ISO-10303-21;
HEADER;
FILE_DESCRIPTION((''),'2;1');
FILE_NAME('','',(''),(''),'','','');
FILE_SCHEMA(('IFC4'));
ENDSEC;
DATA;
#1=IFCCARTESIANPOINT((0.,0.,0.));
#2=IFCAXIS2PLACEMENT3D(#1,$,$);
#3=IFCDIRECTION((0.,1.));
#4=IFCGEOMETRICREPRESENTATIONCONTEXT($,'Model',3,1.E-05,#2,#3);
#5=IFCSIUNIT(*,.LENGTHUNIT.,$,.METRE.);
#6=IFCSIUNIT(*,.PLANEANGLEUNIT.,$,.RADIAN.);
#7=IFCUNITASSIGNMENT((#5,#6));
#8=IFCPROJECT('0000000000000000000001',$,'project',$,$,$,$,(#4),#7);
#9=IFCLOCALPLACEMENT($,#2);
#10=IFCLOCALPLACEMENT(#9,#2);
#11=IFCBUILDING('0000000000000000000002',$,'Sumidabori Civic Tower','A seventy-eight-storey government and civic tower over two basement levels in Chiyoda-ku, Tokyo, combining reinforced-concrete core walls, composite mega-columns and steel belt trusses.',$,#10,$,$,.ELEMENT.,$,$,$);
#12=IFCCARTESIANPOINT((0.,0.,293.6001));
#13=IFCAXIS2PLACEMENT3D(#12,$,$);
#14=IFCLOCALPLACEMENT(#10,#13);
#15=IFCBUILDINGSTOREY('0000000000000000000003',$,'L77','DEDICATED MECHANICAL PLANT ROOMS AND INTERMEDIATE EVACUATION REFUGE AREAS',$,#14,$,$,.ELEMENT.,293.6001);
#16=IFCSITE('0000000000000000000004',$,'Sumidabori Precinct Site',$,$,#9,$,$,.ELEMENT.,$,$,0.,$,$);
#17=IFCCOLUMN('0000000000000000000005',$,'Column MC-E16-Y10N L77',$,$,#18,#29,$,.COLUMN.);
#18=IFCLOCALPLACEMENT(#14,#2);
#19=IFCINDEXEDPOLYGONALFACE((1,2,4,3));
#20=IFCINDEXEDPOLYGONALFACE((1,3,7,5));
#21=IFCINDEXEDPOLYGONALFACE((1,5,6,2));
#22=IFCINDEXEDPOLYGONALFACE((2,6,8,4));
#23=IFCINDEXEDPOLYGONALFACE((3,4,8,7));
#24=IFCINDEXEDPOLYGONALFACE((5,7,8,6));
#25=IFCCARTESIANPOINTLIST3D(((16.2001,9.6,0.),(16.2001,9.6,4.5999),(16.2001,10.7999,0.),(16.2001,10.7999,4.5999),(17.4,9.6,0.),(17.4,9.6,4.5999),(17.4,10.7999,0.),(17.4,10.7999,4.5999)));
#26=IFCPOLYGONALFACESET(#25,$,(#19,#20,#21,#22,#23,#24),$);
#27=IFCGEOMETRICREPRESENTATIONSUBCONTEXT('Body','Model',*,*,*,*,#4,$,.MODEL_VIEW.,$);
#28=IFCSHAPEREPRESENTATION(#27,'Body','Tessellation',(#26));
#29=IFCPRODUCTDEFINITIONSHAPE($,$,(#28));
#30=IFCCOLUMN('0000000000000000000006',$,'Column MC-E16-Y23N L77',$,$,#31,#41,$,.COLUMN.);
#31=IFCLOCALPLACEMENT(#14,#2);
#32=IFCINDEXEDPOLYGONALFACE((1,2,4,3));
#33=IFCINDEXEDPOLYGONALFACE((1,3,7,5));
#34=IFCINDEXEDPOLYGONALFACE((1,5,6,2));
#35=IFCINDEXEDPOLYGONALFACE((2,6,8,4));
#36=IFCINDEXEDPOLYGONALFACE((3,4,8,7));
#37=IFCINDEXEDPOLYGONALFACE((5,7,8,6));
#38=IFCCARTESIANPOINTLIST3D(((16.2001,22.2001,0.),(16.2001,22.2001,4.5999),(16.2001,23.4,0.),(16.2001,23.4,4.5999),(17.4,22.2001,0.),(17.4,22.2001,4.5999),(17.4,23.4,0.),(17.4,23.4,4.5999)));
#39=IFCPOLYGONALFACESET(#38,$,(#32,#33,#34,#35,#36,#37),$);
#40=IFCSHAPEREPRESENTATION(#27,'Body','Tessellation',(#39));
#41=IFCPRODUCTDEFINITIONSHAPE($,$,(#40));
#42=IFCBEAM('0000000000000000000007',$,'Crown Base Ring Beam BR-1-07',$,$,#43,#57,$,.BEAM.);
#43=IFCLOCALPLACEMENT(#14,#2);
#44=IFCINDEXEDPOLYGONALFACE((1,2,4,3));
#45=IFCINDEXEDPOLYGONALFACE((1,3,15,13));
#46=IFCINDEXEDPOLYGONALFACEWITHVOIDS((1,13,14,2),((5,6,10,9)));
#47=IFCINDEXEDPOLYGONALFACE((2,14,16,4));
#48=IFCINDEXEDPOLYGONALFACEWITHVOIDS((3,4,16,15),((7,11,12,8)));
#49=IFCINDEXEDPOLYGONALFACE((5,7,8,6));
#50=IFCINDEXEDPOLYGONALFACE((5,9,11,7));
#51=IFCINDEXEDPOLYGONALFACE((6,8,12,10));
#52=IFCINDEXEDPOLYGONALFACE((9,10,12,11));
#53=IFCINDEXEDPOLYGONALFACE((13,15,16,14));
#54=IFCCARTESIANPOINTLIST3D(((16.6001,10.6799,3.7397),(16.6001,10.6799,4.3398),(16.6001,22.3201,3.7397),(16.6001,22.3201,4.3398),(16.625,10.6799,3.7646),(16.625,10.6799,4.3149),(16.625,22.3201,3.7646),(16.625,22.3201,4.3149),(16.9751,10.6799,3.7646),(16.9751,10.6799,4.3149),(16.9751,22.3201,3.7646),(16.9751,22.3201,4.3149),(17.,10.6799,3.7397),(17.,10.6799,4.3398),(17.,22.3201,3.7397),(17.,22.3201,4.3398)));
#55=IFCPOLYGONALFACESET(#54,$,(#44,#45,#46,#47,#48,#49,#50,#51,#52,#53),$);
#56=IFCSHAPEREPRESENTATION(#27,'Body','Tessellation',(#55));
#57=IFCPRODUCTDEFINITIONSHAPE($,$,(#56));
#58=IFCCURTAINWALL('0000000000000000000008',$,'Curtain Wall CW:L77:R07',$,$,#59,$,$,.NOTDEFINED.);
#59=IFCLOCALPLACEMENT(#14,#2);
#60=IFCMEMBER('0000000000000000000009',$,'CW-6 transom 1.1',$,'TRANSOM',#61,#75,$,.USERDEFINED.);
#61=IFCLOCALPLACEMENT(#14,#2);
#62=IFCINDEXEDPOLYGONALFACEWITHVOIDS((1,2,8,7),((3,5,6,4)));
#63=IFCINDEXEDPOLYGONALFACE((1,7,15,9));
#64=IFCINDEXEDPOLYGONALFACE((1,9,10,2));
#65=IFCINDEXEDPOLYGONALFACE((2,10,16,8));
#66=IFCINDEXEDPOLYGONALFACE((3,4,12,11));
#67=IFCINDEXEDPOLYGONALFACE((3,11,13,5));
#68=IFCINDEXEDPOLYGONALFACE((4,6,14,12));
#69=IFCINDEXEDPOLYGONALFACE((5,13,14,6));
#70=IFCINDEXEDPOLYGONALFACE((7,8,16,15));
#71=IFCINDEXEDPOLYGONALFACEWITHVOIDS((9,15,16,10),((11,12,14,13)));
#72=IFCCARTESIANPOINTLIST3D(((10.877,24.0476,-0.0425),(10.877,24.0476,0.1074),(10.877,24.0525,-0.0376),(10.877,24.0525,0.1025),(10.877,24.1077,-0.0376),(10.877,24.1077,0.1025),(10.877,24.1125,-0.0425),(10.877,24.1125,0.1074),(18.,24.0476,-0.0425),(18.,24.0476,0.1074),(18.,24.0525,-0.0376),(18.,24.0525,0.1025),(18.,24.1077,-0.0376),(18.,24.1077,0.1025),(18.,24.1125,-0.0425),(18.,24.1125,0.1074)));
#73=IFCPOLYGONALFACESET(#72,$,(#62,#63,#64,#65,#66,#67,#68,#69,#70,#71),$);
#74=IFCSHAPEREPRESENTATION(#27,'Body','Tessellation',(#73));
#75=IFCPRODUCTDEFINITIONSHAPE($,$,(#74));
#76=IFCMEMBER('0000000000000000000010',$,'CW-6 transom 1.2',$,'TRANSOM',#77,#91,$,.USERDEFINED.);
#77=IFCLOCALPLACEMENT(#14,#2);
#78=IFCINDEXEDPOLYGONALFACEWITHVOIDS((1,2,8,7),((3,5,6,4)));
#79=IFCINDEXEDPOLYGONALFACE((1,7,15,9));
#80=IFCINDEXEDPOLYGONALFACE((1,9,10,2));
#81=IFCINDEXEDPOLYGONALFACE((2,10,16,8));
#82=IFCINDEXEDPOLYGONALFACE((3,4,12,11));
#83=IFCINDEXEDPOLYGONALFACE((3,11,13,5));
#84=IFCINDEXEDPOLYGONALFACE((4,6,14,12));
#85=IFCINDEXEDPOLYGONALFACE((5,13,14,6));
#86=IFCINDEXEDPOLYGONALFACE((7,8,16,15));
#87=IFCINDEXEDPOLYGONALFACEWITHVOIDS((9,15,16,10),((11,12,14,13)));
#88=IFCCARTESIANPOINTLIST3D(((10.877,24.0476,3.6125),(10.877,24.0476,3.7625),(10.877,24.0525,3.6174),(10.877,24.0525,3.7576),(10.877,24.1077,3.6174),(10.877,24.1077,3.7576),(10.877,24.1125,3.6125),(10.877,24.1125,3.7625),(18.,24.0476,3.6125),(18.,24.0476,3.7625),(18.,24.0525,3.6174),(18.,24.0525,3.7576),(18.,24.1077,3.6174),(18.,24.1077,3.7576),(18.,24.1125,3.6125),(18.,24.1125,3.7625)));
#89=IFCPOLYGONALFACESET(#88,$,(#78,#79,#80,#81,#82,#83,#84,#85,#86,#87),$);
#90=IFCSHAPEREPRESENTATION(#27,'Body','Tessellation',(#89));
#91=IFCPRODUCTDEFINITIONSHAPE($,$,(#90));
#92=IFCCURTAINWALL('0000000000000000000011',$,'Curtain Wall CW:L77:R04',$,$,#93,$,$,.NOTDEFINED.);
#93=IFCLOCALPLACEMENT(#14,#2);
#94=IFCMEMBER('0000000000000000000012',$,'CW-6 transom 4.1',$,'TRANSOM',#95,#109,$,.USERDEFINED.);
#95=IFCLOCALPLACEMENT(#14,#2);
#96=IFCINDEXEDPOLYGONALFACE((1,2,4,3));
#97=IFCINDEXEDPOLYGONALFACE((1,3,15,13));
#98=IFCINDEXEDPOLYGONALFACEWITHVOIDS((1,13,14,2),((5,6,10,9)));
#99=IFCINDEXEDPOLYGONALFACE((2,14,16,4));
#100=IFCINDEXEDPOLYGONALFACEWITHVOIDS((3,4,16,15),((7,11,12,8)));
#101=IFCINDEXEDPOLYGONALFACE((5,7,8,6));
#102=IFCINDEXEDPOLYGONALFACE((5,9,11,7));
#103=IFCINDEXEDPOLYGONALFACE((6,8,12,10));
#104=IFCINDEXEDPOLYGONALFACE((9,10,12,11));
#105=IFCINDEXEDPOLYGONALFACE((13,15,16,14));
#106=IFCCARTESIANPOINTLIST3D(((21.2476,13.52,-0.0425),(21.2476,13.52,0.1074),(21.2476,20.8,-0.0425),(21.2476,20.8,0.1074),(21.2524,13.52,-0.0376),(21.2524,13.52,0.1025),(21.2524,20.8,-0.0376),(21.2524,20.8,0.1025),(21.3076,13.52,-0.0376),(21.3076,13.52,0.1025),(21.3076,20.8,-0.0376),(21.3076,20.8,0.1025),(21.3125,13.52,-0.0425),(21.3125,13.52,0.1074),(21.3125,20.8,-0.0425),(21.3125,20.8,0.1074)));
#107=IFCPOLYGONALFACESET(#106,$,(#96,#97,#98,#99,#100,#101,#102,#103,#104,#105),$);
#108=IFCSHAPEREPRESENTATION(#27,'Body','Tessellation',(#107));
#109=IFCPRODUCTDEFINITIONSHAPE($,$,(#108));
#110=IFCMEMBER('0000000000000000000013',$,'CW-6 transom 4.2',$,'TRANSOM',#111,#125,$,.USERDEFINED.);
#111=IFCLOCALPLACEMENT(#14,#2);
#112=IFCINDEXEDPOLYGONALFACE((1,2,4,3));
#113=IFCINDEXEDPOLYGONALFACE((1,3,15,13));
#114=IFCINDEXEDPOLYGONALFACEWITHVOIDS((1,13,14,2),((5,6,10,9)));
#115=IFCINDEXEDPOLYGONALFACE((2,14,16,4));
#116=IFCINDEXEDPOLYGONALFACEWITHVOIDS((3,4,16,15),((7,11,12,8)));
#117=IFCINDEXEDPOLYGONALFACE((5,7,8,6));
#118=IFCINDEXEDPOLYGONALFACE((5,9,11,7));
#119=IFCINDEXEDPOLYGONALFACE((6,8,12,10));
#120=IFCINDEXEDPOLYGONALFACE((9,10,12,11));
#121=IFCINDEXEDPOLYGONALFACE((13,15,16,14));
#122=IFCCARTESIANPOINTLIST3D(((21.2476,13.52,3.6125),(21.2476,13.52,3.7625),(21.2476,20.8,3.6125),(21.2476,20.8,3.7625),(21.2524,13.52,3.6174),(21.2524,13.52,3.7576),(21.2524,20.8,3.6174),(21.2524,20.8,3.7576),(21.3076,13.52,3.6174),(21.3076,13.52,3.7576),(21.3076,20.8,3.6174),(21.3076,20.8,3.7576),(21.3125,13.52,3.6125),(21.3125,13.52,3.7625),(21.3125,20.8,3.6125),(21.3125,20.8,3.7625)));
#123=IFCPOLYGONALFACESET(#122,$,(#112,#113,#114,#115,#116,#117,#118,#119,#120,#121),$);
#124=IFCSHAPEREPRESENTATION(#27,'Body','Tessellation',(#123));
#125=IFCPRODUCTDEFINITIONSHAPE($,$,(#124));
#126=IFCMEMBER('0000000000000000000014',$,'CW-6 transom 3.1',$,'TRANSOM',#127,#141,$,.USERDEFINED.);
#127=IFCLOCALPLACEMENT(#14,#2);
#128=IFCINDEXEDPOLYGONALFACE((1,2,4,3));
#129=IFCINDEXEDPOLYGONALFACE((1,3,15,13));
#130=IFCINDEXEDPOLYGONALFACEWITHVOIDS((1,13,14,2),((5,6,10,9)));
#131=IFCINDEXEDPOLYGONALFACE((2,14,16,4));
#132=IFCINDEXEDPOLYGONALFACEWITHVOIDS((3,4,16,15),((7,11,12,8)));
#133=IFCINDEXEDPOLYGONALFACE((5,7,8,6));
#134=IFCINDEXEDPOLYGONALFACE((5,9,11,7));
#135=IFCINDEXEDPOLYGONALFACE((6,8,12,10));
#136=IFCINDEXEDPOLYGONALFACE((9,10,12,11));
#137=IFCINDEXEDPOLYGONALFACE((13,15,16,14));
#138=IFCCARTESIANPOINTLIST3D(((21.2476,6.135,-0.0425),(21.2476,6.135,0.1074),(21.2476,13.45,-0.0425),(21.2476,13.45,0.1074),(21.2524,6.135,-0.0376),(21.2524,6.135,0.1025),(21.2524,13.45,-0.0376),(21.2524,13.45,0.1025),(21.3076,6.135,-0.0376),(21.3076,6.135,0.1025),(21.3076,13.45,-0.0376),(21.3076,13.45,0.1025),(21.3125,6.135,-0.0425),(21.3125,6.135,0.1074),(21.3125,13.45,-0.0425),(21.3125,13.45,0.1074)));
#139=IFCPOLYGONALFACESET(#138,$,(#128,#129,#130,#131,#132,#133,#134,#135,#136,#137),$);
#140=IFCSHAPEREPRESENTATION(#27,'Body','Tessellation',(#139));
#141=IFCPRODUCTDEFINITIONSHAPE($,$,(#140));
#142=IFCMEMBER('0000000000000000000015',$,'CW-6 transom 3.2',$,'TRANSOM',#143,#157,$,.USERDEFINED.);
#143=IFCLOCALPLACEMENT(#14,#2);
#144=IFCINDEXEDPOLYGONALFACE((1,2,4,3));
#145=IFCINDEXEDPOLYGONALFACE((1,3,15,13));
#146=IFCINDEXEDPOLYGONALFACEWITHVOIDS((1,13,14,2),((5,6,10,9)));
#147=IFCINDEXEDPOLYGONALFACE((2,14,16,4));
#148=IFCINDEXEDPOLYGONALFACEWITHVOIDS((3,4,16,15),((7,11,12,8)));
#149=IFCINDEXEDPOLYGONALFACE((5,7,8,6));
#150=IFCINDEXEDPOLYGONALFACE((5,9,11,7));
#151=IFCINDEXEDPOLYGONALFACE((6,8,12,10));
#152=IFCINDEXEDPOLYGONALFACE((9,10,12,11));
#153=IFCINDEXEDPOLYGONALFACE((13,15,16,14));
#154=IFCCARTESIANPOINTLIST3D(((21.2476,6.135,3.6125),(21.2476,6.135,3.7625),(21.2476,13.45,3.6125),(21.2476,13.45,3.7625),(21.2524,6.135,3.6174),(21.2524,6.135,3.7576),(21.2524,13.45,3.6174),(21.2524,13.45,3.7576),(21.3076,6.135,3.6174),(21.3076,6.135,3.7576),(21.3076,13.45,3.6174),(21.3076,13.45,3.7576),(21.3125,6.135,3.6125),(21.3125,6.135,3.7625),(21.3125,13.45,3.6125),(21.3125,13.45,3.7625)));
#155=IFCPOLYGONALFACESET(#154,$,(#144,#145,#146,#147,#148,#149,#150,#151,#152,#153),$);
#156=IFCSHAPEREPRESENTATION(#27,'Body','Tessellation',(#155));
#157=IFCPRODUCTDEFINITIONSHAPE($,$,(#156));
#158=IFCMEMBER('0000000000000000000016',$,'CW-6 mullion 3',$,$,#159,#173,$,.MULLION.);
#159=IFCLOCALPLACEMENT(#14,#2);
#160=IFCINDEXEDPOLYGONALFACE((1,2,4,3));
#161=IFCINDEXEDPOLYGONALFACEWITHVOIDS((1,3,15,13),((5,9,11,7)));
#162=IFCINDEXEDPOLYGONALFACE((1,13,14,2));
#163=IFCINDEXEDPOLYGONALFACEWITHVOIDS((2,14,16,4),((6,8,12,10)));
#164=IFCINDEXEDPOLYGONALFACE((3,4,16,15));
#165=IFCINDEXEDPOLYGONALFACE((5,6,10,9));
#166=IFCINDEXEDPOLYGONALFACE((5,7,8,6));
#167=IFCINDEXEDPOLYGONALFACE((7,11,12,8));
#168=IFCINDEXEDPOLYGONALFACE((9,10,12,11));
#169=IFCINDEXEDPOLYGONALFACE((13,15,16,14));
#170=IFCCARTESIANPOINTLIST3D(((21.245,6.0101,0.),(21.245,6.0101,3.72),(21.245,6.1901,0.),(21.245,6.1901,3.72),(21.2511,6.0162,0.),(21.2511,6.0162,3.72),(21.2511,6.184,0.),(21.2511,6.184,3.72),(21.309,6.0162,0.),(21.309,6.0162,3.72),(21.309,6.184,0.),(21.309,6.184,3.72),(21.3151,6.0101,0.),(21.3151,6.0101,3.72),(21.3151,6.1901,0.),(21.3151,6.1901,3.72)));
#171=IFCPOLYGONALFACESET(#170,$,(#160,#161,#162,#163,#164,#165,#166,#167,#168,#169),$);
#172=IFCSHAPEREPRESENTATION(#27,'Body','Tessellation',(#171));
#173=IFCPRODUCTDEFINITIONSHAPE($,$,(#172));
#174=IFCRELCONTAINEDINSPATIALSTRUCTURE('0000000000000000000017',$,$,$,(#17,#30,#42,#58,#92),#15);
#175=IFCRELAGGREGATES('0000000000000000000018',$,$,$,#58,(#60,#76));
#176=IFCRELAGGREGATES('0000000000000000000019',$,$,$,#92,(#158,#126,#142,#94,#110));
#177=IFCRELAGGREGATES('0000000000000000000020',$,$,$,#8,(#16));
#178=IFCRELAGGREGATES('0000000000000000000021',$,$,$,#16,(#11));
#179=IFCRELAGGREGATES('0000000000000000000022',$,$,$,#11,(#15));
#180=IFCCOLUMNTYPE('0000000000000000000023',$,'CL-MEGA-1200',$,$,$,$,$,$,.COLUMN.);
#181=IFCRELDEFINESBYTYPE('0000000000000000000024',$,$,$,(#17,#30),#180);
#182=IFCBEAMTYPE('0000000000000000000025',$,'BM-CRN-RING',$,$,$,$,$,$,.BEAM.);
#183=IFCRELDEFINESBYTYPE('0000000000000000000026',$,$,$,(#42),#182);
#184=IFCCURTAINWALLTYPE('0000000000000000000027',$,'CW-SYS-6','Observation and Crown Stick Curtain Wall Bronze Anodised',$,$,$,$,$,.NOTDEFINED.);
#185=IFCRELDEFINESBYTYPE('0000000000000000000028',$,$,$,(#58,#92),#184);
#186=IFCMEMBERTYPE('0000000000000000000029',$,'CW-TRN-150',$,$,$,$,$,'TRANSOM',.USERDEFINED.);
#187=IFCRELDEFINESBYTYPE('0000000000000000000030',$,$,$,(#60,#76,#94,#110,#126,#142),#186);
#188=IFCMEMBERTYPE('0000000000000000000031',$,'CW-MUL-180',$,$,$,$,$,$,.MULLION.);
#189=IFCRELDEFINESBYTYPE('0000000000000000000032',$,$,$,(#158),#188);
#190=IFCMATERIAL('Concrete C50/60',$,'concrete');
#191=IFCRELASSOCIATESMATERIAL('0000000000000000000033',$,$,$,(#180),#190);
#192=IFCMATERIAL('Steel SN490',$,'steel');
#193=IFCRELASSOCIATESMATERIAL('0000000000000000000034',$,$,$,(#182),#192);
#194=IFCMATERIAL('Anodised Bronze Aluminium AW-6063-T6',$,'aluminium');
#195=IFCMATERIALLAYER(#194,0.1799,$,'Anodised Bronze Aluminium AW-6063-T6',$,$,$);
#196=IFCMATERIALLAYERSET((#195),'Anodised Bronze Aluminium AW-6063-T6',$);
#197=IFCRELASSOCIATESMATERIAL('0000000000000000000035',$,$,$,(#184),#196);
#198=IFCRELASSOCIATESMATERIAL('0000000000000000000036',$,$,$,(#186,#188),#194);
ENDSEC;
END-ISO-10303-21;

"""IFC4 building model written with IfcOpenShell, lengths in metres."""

from ifc_helpers import new_model, si_unit, direction, frame, origin, origin_2d, place, context, subcontext, project, spatial, rectangle, hollow_rectangle, extrude, source, transform, mapped, material, layer, layer_set, material_profile, profile_set, type_object, element, aggregate, save


model = new_model("IFC4")

# Units and contexts
model_context = context("Model", 3, precision=1e-05, world=origin(), true_north=direction((0.0, 1.0)))
body_context = subcontext(model_context, "Body", "Model", "MODEL_VIEW")
ifc_project = project(units=[si_unit("LENGTHUNIT", "METRE"), si_unit("PLANEANGLEUNIT", "RADIAN")], contexts=[model_context])

# Site, building, storey
site_placement = place(None, origin())
site = spatial("IfcSite", under=ifc_project, at=site_placement, Name="Sumidabori Precinct Site", CompositionType="ELEMENT", RefElevation=0.0)
building_placement = place(site_placement, origin())
building = spatial("IfcBuilding", under=site, at=building_placement, Name="Sumidabori Civic Tower", Description="A seventy-eight-storey government and civic tower over two basement levels in Chiyoda-ku, Tokyo, combining reinforced-concrete core walls, composite mega-columns and steel belt trusses.", CompositionType="ELEMENT")
storey_placement = place(building_placement, frame((0.0, 0.0, 293.6001)))
storey = spatial("IfcBuildingStorey", under=building, at=storey_placement, Name="L77", Description="DEDICATED MECHANICAL PLANT ROOMS AND INTERMEDIATE EVACUATION REFUGE AREAS", CompositionType="ELEMENT", Elevation=293.6001)

# Columns
ifc_material_1 = material(Name="Concrete C50/60", Category="concrete")
ifc_material_profile_1 = material_profile(ifc_material_1, rectangle(XDim=1.2, YDim=1.2, at=origin_2d()), Name="RC 1200x1200")
ifc_profile_set_1 = profile_set([ifc_material_profile_1], Name="Concrete C50/60")
column_type = type_object("IfcColumnType", Name="CL-MEGA-1200", PredefinedType="COLUMN", material=ifc_profile_set_1)
shared_shape_1 = source(origin(), body_context, "Body", "SweptSolid", [
    extrude(rectangle(XDim=1.2, YDim=1.2, at=origin_2d()), origin(), (0.0, 0.0, 1.0), 4.5999),
])
for number, where, z_axis, x_axis, name in (
    (1, (16.8, 10.2, 0.0), (0.0, 0.0, 1.0), (1.0, 0.0, 0.0), "Column MC-E16-Y10N L77"),
    (2, (16.8, 22.8, 0.0), (0.0, 0.0, 1.0), (1.0, 0.0, 0.0), "Column MC-E16-Y23N L77"),
):
    element("IfcColumn", number, at=place(storey_placement, frame(where, z_axis=z_axis, x_axis=x_axis)), inside=storey, type_object=column_type, Name=name, PredefinedType="COLUMN", context=body_context, shape_type="MappedRepresentation", body=[
        mapped(shared_shape_1, transform((0.0, 0.0, 0.0), x_axis=(1.0, 0.0, 0.0), y_axis=(0.0, 1.0, 0.0), z_axis=(0.0, 0.0, 1.0), scale=1.0)),
    ])

# Beam
ifc_material_2 = material(Name="Steel SN490", Category="steel")
ifc_material_profile_2 = material_profile(ifc_material_2, hollow_rectangle(XDim=0.3999, YDim=0.6001, WallThickness=0.0249, at=origin_2d()), Name="RHS 600x400x25")
ifc_profile_set_2 = profile_set([ifc_material_profile_2], Name="Steel SN490")
beam_type = type_object("IfcBeamType", Name="BM-CRN-RING", PredefinedType="BEAM", material=ifc_profile_set_2)
shared_shape_2 = source(origin(), body_context, "Body", "SweptSolid", [
    extrude(hollow_rectangle(XDim=0.3999, YDim=0.6001, WallThickness=0.0249, at=origin_2d()), origin(), (0.0, 0.0, 1.0), 11.6401),
])
beam_placement = place(storey_placement, frame((16.8, 10.6799, 4.0398), z_axis=(0.0, 1.0, 0.0), x_axis=(-1.0, 0.0, 0.0)))
element("IfcBeam", 3, at=beam_placement, inside=storey, type_object=beam_type, Name="Crown Base Ring Beam BR-1-07", PredefinedType="BEAM", context=body_context, shape_type="MappedRepresentation", body=[
    mapped(shared_shape_2, transform((0.0, 0.0, 0.0), x_axis=(1.0, 0.0, 0.0), y_axis=(0.0, 1.0, 0.0), z_axis=(0.0, 0.0, 1.0), scale=1.0)),
])

# Curtain walls, members
ifc_material_3 = material(Name="Anodised Bronze Aluminium AW-6063-T6", Category="aluminium")
ifc_layer_1 = layer(ifc_material_3, 0.1799, Name="Anodised Bronze Aluminium AW-6063-T6")
ifc_layer_set_1 = layer_set([ifc_layer_1], Name="Anodised Bronze Aluminium AW-6063-T6")
curtain_wall_type = type_object("IfcCurtainWallType", Name="CW-SYS-6", Description="Observation and Crown Stick Curtain Wall Bronze Anodised", PredefinedType="NOTDEFINED", material=ifc_layer_set_1)
curtain_wall_1_placement = place(storey_placement, origin())
curtain_wall_1 = element("IfcCurtainWall", 4, at=curtain_wall_1_placement, inside=storey, type_object=curtain_wall_type, Name="Curtain Wall CW:L77:R07", PredefinedType="NOTDEFINED")
ifc_material_profile_3 = material_profile(ifc_material_3, hollow_rectangle(XDim=0.0649, YDim=0.1499, WallThickness=0.0049, at=origin_2d()), Name="ALU TRANSOM 150x65")
ifc_profile_set_3 = profile_set([ifc_material_profile_3], Name="Anodised Bronze Aluminium AW-6063-T6")
member_type_1 = type_object("IfcMemberType", Name="CW-TRN-150", ElementType="TRANSOM", PredefinedType="USERDEFINED", material=ifc_profile_set_3)
shared_shape_3 = source(origin(), body_context, "Body", "SweptSolid", [
    extrude(hollow_rectangle(XDim=0.0649, YDim=0.1499, WallThickness=0.0049, at=origin_2d()), origin(), (0.0, 0.0, 1.0), 7.123),
])
member_1_placement = place(storey_placement, frame((18.0, 24.0801, 0.0325), z_axis=(-1.0, 0.0, 0.0), x_axis=(0.0, -1.0, 0.0)))
member_1 = element("IfcMember", 5, at=member_1_placement, type_object=member_type_1, Name="CW-6 transom 1.1", ObjectType="TRANSOM", PredefinedType="USERDEFINED", context=body_context, shape_type="MappedRepresentation", body=[
    mapped(shared_shape_3, transform((0.0, 0.0, 0.0), x_axis=(1.0, 0.0, 0.0), y_axis=(0.0, 1.0, 0.0), z_axis=(0.0, 0.0, 1.0), scale=1.0)),
])
member_2_placement = place(storey_placement, frame((18.0, 24.0801, 3.6875), z_axis=(-1.0, 0.0, 0.0), x_axis=(0.0, -1.0, 0.0)))
member_2 = element("IfcMember", 6, at=member_2_placement, type_object=member_type_1, Name="CW-6 transom 1.2", ObjectType="TRANSOM", PredefinedType="USERDEFINED", context=body_context, shape_type="MappedRepresentation", body=[
    mapped(shared_shape_3, transform((0.0, 0.0, 0.0), x_axis=(1.0, 0.0, 0.0), y_axis=(0.0, 1.0, 0.0), z_axis=(0.0, 0.0, 1.0), scale=1.0)),
])
curtain_wall_2_placement = place(storey_placement, origin())
curtain_wall_2 = element("IfcCurtainWall", 7, at=curtain_wall_2_placement, inside=storey, type_object=curtain_wall_type, Name="Curtain Wall CW:L77:R04", PredefinedType="NOTDEFINED")
shared_shape_4 = source(origin(), body_context, "Body", "SweptSolid", [
    extrude(hollow_rectangle(XDim=0.0649, YDim=0.1499, WallThickness=0.0049, at=origin_2d()), origin(), (0.0, 0.0, 1.0), 7.28),
])
member_3_placement = place(storey_placement, frame((21.28, 13.52, 0.0325), z_axis=(0.0, 1.0, 0.0), x_axis=(-1.0, 0.0, 0.0)))
member_3 = element("IfcMember", 8, at=member_3_placement, type_object=member_type_1, Name="CW-6 transom 4.1", ObjectType="TRANSOM", PredefinedType="USERDEFINED", context=body_context, shape_type="MappedRepresentation", body=[
    mapped(shared_shape_4, transform((0.0, 0.0, 0.0), x_axis=(1.0, 0.0, 0.0), y_axis=(0.0, 1.0, 0.0), z_axis=(0.0, 0.0, 1.0), scale=1.0)),
])
member_4_placement = place(storey_placement, frame((21.28, 13.52, 3.6875), z_axis=(0.0, 1.0, 0.0), x_axis=(-1.0, 0.0, 0.0)))
member_4 = element("IfcMember", 9, at=member_4_placement, type_object=member_type_1, Name="CW-6 transom 4.2", ObjectType="TRANSOM", PredefinedType="USERDEFINED", context=body_context, shape_type="MappedRepresentation", body=[
    mapped(shared_shape_4, transform((0.0, 0.0, 0.0), x_axis=(1.0, 0.0, 0.0), y_axis=(0.0, 1.0, 0.0), z_axis=(0.0, 0.0, 1.0), scale=1.0)),
])
shared_shape_5 = source(origin(), body_context, "Body", "SweptSolid", [
    extrude(hollow_rectangle(XDim=0.0649, YDim=0.1499, WallThickness=0.0049, at=origin_2d()), origin(), (0.0, 0.0, 1.0), 7.3149),
])
member_5_placement = place(storey_placement, frame((21.28, 6.135, 0.0325), z_axis=(0.0, 1.0, 0.0), x_axis=(-1.0, 0.0, 0.0)))
member_5 = element("IfcMember", 10, at=member_5_placement, type_object=member_type_1, Name="CW-6 transom 3.1", ObjectType="TRANSOM", PredefinedType="USERDEFINED", context=body_context, shape_type="MappedRepresentation", body=[
    mapped(shared_shape_5, transform((0.0, 0.0, 0.0), x_axis=(1.0, 0.0, 0.0), y_axis=(0.0, 1.0, 0.0), z_axis=(0.0, 0.0, 1.0), scale=1.0)),
])
member_6_placement = place(storey_placement, frame((21.28, 6.135, 3.6875), z_axis=(0.0, 1.0, 0.0), x_axis=(-1.0, 0.0, 0.0)))
member_6 = element("IfcMember", 11, at=member_6_placement, type_object=member_type_1, Name="CW-6 transom 3.2", ObjectType="TRANSOM", PredefinedType="USERDEFINED", context=body_context, shape_type="MappedRepresentation", body=[
    mapped(shared_shape_5, transform((0.0, 0.0, 0.0), x_axis=(1.0, 0.0, 0.0), y_axis=(0.0, 1.0, 0.0), z_axis=(0.0, 0.0, 1.0), scale=1.0)),
])
ifc_material_profile_4 = material_profile(ifc_material_3, hollow_rectangle(XDim=0.0701, YDim=0.1799, WallThickness=0.0061, at=origin_2d()), Name="ALU MULLION 180x70")
ifc_profile_set_4 = profile_set([ifc_material_profile_4], Name="Anodised Bronze Aluminium AW-6063-T6")
member_type_2 = type_object("IfcMemberType", Name="CW-MUL-180", PredefinedType="MULLION", material=ifc_profile_set_4)
shared_shape_6 = source(origin(), body_context, "Body", "SweptSolid", [
    extrude(hollow_rectangle(XDim=0.0701, YDim=0.1799, WallThickness=0.0061, at=origin_2d()), origin(), (0.0, 0.0, 1.0), 3.72),
])
member_7_placement = place(storey_placement, frame((21.28, 6.1001, 0.0), z_axis=(0.0, 0.0, 1.0), x_axis=(-1.0, 0.0, 0.0)))
member_7 = element("IfcMember", 12, at=member_7_placement, type_object=member_type_2, Name="CW-6 mullion 3", PredefinedType="MULLION", context=body_context, shape_type="MappedRepresentation", body=[
    mapped(shared_shape_6, transform((0.0, 0.0, 0.0), x_axis=(1.0, 0.0, 0.0), y_axis=(0.0, 1.0, 0.0), z_axis=(0.0, 0.0, 1.0), scale=1.0)),
])

aggregate(curtain_wall_1, [member_1, member_2])
aggregate(curtain_wall_2, [member_7, member_5, member_6, member_3, member_4])

save(model, "model.ifc")
